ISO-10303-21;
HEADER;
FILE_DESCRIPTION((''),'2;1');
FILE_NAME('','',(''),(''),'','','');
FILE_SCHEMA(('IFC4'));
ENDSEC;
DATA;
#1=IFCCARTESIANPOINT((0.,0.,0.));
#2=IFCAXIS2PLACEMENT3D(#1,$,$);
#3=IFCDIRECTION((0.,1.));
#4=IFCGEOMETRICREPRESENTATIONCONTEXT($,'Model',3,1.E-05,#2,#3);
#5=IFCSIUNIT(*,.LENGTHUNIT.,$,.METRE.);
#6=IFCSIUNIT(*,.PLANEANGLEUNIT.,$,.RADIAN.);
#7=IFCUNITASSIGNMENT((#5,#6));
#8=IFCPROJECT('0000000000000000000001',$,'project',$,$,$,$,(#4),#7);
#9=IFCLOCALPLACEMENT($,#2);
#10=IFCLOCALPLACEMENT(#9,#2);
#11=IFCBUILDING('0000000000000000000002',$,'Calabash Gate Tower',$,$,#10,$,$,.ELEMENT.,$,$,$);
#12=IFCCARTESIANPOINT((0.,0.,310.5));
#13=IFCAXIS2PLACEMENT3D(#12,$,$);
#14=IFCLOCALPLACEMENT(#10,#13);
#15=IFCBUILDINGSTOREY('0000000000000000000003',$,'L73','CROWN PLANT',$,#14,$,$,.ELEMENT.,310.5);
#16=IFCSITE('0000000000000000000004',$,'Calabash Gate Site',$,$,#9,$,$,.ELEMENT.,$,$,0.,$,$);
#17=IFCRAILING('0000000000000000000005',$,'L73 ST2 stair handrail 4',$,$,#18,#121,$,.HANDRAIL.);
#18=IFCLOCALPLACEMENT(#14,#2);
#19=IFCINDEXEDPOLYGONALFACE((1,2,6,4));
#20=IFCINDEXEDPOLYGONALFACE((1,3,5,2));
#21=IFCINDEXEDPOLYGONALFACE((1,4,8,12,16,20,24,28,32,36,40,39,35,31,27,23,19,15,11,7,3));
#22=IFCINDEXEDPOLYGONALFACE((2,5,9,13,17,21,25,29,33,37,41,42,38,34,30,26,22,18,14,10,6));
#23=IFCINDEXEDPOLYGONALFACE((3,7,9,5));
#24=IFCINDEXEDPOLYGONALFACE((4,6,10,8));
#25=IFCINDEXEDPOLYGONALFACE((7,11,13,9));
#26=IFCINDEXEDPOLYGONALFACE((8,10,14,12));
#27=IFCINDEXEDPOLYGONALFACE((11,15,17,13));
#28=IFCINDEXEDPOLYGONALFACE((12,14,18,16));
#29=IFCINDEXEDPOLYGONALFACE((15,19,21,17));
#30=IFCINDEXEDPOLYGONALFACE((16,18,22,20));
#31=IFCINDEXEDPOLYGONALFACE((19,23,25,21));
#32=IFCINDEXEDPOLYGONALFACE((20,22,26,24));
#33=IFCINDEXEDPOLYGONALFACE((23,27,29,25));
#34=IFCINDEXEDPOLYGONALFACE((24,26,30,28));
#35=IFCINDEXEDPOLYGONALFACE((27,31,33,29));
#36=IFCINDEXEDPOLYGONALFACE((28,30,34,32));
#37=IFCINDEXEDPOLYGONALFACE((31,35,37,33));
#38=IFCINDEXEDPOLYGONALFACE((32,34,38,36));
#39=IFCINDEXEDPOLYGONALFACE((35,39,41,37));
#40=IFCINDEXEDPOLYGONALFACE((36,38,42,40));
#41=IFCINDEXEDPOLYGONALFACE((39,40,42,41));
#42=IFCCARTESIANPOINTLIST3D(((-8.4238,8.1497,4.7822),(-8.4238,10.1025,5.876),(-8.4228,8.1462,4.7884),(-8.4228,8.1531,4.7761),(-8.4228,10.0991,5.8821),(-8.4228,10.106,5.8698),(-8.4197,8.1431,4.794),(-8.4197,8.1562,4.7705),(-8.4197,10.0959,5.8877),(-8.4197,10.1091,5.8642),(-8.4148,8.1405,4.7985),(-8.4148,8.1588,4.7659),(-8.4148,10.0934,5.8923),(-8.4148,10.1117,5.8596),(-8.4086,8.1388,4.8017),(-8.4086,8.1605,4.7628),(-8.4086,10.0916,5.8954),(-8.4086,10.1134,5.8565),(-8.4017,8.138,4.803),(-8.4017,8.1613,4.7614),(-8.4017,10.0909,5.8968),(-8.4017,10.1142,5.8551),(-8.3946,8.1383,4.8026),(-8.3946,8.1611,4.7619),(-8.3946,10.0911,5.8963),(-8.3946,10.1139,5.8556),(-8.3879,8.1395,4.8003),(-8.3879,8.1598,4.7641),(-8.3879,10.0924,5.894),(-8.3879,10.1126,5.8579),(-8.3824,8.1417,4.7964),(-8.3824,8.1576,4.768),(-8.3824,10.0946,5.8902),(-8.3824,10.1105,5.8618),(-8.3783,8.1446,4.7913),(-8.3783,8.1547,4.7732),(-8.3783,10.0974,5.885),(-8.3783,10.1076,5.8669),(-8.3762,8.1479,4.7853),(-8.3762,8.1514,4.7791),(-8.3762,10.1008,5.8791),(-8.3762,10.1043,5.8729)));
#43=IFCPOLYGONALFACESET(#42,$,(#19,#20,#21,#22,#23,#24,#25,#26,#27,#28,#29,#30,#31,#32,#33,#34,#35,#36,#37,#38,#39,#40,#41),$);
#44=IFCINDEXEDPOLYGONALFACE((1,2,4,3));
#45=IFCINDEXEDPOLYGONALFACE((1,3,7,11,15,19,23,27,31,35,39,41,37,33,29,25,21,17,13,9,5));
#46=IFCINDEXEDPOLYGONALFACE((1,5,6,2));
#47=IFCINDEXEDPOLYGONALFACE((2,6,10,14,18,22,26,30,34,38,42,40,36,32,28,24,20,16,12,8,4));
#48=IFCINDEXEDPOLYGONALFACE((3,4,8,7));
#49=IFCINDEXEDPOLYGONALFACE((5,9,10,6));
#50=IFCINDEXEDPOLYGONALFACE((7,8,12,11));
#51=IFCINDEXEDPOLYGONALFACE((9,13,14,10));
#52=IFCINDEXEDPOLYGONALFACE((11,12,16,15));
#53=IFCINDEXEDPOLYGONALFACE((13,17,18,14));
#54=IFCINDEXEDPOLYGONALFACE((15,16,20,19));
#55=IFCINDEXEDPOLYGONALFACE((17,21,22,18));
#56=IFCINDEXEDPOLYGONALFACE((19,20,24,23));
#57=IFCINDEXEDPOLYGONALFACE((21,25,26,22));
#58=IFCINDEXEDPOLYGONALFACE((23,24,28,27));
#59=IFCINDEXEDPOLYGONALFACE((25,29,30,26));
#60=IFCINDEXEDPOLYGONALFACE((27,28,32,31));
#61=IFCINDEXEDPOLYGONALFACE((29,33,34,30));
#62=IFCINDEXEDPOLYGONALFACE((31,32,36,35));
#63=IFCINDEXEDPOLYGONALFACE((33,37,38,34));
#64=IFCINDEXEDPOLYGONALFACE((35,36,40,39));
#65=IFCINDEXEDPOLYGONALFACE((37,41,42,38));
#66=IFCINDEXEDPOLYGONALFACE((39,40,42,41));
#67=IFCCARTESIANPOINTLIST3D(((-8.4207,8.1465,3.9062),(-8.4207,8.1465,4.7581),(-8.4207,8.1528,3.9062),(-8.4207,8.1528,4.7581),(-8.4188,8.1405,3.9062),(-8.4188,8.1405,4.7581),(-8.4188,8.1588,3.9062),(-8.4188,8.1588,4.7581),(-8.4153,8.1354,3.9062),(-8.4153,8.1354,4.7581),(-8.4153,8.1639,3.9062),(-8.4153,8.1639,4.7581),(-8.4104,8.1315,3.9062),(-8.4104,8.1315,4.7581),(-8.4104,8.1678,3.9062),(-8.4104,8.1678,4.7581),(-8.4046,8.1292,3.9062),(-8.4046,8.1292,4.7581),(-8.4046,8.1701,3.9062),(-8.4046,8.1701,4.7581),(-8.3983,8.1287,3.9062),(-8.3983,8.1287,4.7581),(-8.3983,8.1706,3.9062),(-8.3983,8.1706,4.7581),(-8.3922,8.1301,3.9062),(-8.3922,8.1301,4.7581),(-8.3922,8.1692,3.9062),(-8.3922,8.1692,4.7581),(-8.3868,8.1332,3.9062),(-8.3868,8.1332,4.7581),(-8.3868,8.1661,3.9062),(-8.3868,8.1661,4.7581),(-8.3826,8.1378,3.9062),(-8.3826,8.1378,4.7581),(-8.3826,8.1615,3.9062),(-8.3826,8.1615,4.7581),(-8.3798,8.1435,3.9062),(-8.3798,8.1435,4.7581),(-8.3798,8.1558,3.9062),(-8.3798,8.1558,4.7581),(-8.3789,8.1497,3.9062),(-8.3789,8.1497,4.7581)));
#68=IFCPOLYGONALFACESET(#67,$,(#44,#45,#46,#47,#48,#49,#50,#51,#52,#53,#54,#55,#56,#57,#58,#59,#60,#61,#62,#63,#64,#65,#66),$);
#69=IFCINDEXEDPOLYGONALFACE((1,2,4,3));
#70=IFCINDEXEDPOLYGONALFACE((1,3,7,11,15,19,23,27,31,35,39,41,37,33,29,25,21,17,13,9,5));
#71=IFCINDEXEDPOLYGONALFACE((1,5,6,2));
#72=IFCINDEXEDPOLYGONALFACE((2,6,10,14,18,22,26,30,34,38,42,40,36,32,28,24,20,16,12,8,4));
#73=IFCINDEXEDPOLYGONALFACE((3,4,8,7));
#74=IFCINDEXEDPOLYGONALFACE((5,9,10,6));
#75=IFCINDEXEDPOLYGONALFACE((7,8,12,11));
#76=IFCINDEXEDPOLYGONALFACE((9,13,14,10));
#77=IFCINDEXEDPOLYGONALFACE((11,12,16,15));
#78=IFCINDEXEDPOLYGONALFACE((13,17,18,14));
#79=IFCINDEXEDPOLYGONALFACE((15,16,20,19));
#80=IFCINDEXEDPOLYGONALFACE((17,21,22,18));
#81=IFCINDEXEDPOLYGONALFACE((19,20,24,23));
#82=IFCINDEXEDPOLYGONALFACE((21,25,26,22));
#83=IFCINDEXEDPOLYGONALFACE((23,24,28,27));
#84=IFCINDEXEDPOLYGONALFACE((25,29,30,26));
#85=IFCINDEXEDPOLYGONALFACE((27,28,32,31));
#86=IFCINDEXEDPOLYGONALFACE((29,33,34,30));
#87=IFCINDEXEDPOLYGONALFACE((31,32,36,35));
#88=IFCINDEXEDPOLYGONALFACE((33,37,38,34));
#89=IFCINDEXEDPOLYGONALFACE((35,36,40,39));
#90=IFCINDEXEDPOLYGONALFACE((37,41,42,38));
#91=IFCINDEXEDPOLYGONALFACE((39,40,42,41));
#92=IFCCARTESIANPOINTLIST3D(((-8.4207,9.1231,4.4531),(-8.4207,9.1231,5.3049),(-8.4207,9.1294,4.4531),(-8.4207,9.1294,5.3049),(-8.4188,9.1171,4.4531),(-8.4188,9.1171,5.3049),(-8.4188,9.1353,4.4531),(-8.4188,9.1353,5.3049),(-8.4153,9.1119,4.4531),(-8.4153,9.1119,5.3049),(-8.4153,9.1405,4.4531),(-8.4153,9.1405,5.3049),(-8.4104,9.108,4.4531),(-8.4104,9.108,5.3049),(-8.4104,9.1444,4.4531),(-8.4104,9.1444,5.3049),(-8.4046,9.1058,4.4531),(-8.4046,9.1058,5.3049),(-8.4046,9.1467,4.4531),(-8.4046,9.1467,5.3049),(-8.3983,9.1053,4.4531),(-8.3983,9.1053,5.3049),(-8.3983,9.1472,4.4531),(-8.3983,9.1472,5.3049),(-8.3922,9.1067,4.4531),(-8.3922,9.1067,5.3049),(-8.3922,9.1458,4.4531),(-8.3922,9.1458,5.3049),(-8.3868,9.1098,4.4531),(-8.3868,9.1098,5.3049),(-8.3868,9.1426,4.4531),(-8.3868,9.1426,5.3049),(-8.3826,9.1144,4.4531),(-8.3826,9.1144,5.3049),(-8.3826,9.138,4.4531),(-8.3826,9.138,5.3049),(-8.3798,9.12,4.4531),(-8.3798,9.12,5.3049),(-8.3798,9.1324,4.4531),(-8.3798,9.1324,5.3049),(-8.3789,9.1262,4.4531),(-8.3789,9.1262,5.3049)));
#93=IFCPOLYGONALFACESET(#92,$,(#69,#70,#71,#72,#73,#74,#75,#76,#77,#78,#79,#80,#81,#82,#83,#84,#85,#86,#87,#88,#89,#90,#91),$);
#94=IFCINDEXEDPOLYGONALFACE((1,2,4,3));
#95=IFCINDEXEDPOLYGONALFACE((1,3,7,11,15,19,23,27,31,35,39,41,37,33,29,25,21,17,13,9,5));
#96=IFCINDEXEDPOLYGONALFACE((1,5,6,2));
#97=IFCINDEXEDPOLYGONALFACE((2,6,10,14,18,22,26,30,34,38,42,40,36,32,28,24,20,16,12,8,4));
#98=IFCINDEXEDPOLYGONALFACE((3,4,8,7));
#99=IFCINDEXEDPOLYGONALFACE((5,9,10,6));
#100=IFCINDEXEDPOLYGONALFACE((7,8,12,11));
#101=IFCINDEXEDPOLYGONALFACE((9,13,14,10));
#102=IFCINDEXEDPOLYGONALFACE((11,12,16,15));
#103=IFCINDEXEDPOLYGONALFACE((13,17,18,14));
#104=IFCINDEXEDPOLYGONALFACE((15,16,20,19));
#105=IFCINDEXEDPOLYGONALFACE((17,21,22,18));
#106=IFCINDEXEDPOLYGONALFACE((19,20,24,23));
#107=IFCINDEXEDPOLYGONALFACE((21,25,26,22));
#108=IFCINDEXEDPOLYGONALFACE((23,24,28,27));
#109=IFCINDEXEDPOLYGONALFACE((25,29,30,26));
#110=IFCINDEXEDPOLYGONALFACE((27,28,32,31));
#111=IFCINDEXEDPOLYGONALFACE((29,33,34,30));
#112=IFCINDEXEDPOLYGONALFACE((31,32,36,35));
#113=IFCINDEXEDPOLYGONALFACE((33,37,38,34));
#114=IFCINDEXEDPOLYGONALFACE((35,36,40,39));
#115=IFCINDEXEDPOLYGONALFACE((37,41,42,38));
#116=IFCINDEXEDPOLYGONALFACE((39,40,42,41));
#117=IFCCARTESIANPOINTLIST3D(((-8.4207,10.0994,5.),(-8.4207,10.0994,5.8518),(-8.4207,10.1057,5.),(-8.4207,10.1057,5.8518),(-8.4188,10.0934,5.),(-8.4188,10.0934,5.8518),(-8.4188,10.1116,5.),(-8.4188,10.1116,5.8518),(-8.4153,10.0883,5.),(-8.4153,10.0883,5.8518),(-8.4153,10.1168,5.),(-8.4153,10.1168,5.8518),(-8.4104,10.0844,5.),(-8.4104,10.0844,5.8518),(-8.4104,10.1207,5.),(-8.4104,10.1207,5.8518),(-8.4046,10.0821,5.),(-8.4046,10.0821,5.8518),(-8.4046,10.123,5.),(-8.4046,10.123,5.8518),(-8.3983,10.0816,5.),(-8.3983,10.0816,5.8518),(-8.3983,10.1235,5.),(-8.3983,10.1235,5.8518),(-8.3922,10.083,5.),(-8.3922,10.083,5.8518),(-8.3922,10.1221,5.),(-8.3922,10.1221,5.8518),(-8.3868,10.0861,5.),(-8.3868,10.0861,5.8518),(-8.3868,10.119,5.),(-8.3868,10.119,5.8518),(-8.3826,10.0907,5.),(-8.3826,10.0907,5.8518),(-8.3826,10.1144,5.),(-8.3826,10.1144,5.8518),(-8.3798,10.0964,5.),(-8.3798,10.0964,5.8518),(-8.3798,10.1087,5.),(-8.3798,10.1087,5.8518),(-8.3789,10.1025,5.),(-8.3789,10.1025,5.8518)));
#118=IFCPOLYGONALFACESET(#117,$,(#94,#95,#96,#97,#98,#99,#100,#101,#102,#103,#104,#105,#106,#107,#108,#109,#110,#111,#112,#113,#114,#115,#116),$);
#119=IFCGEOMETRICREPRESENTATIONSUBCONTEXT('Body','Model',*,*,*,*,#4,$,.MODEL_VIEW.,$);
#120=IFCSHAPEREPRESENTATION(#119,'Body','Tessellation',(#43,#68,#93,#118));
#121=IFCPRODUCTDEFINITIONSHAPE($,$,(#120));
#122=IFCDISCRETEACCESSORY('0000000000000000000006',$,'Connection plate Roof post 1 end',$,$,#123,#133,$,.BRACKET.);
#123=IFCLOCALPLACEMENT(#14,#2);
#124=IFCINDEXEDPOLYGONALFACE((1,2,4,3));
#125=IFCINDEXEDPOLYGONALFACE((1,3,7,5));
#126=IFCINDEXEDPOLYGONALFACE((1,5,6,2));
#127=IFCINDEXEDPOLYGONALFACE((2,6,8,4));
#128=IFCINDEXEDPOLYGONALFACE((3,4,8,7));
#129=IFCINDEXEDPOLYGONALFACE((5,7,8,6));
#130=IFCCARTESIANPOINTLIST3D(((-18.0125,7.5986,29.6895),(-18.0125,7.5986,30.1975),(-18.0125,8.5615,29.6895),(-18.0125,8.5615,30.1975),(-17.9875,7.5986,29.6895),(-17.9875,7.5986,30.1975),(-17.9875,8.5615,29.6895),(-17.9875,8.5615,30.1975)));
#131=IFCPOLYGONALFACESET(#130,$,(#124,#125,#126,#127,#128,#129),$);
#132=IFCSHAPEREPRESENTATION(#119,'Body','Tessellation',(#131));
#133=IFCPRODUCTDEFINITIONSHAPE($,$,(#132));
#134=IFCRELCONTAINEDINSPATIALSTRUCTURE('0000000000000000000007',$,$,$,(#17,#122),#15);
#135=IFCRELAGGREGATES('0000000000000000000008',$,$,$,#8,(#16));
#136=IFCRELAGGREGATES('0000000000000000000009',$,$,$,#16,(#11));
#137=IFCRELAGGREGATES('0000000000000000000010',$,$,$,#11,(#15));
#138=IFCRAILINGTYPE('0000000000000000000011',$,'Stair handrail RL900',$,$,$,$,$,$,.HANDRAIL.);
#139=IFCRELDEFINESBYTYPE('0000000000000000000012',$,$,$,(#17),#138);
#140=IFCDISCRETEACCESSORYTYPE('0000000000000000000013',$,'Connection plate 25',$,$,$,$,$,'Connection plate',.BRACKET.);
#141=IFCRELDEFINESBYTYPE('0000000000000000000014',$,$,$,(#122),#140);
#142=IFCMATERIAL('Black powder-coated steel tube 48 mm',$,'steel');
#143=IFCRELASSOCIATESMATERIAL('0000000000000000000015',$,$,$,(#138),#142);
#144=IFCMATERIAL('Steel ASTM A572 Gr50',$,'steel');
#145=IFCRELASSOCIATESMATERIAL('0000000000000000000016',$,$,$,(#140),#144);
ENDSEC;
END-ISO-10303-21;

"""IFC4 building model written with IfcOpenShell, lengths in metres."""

from ifc_helpers import new_model, si_unit, direction, frame, origin, origin_2d, place, context, subcontext, project, spatial, rectangle, circle, extrude, material, type_object, element, save


model = new_model("IFC4")

# Units and contexts
model_context = context("Model", 3, precision=1e-05, world=origin(), true_north=direction((0.0, 1.0)))
body_context = subcontext(model_context, "Body", "Model", "MODEL_VIEW")
ifc_project = project(units=[si_unit("LENGTHUNIT", "METRE"), si_unit("PLANEANGLEUNIT", "RADIAN")], contexts=[model_context])

# Site, building, storey
site_placement = place(None, origin())
site = spatial("IfcSite", under=ifc_project, at=site_placement, Name="Calabash Gate Site", CompositionType="ELEMENT", RefElevation=0.0)
building_placement = place(site_placement, origin())
building = spatial("IfcBuilding", under=site, at=building_placement, Name="Calabash Gate Tower", CompositionType="ELEMENT")
storey_placement = place(building_placement, frame((0.0, 0.0, 310.5)))
storey = spatial("IfcBuildingStorey", under=building, at=storey_placement, Name="L73", Description="CROWN PLANT", CompositionType="ELEMENT", Elevation=310.5)

# Railing
ifc_material_1 = material(Name="Black powder-coated steel tube 48 mm", Category="steel")
railing_type_1 = type_object("IfcRailingType", Name="Stair handrail RL900", PredefinedType="HANDRAIL", material=ifc_material_1)
railing_1_placement = place(storey_placement, frame((-8.3999, 8.1497, 3.9062)))
element("IfcRailing", 1, at=railing_1_placement, inside=storey, type_object=railing_type_1, Name="L73 ST2 stair handrail 4", PredefinedType="HANDRAIL", context=body_context, shape_type="SweptSolid", body=[
    extrude(circle(Radius=0.0239, at=origin_2d()), frame((0.0, 0.0, 0.876), z_axis=(0.0, 0.87248, 0.48865), x_axis=(-1.0, 0.0, 0.0)), (0.0, 0.0, 1.0), 2.2383),
    extrude(circle(Radius=0.021, at=origin_2d()), origin(), (0.0, 0.0, 1.0), 0.8518),
    extrude(circle(Radius=0.021, at=origin_2d()), frame((0.0, 0.9766, 0.5469)), (0.0, 0.0, 1.0), 0.8518),
    extrude(circle(Radius=0.021, at=origin_2d()), frame((0.0, 1.9529, 1.0938)), (0.0, 0.0, 1.0), 0.8518),
])

# Discrete accessory
ifc_material_2 = material(Name="Steel ASTM A572 Gr50", Category="steel")
discrete_accessory_type = type_object("IfcDiscreteAccessoryType", Name="Connection plate 25", ElementType="Connection plate", PredefinedType="BRACKET", material=ifc_material_2)
discrete_accessory_placement = place(storey_placement, frame((-18.0, 8.0801, 29.6895), z_axis=(0.0, 0.0, 1.0), x_axis=(0.0, 1.0, 0.0)))
element("IfcDiscreteAccessory", 2, at=discrete_accessory_placement, inside=storey, type_object=discrete_accessory_type, Name="Connection plate Roof post 1 end", PredefinedType="BRACKET", context=body_context, shape_type="SweptSolid", body=[
    extrude(rectangle(XDim=0.9629, YDim=0.0249, at=origin_2d()), origin(), (0.0, 0.0, 1.0), 0.5081),
])

save(model, "model.ifc")
